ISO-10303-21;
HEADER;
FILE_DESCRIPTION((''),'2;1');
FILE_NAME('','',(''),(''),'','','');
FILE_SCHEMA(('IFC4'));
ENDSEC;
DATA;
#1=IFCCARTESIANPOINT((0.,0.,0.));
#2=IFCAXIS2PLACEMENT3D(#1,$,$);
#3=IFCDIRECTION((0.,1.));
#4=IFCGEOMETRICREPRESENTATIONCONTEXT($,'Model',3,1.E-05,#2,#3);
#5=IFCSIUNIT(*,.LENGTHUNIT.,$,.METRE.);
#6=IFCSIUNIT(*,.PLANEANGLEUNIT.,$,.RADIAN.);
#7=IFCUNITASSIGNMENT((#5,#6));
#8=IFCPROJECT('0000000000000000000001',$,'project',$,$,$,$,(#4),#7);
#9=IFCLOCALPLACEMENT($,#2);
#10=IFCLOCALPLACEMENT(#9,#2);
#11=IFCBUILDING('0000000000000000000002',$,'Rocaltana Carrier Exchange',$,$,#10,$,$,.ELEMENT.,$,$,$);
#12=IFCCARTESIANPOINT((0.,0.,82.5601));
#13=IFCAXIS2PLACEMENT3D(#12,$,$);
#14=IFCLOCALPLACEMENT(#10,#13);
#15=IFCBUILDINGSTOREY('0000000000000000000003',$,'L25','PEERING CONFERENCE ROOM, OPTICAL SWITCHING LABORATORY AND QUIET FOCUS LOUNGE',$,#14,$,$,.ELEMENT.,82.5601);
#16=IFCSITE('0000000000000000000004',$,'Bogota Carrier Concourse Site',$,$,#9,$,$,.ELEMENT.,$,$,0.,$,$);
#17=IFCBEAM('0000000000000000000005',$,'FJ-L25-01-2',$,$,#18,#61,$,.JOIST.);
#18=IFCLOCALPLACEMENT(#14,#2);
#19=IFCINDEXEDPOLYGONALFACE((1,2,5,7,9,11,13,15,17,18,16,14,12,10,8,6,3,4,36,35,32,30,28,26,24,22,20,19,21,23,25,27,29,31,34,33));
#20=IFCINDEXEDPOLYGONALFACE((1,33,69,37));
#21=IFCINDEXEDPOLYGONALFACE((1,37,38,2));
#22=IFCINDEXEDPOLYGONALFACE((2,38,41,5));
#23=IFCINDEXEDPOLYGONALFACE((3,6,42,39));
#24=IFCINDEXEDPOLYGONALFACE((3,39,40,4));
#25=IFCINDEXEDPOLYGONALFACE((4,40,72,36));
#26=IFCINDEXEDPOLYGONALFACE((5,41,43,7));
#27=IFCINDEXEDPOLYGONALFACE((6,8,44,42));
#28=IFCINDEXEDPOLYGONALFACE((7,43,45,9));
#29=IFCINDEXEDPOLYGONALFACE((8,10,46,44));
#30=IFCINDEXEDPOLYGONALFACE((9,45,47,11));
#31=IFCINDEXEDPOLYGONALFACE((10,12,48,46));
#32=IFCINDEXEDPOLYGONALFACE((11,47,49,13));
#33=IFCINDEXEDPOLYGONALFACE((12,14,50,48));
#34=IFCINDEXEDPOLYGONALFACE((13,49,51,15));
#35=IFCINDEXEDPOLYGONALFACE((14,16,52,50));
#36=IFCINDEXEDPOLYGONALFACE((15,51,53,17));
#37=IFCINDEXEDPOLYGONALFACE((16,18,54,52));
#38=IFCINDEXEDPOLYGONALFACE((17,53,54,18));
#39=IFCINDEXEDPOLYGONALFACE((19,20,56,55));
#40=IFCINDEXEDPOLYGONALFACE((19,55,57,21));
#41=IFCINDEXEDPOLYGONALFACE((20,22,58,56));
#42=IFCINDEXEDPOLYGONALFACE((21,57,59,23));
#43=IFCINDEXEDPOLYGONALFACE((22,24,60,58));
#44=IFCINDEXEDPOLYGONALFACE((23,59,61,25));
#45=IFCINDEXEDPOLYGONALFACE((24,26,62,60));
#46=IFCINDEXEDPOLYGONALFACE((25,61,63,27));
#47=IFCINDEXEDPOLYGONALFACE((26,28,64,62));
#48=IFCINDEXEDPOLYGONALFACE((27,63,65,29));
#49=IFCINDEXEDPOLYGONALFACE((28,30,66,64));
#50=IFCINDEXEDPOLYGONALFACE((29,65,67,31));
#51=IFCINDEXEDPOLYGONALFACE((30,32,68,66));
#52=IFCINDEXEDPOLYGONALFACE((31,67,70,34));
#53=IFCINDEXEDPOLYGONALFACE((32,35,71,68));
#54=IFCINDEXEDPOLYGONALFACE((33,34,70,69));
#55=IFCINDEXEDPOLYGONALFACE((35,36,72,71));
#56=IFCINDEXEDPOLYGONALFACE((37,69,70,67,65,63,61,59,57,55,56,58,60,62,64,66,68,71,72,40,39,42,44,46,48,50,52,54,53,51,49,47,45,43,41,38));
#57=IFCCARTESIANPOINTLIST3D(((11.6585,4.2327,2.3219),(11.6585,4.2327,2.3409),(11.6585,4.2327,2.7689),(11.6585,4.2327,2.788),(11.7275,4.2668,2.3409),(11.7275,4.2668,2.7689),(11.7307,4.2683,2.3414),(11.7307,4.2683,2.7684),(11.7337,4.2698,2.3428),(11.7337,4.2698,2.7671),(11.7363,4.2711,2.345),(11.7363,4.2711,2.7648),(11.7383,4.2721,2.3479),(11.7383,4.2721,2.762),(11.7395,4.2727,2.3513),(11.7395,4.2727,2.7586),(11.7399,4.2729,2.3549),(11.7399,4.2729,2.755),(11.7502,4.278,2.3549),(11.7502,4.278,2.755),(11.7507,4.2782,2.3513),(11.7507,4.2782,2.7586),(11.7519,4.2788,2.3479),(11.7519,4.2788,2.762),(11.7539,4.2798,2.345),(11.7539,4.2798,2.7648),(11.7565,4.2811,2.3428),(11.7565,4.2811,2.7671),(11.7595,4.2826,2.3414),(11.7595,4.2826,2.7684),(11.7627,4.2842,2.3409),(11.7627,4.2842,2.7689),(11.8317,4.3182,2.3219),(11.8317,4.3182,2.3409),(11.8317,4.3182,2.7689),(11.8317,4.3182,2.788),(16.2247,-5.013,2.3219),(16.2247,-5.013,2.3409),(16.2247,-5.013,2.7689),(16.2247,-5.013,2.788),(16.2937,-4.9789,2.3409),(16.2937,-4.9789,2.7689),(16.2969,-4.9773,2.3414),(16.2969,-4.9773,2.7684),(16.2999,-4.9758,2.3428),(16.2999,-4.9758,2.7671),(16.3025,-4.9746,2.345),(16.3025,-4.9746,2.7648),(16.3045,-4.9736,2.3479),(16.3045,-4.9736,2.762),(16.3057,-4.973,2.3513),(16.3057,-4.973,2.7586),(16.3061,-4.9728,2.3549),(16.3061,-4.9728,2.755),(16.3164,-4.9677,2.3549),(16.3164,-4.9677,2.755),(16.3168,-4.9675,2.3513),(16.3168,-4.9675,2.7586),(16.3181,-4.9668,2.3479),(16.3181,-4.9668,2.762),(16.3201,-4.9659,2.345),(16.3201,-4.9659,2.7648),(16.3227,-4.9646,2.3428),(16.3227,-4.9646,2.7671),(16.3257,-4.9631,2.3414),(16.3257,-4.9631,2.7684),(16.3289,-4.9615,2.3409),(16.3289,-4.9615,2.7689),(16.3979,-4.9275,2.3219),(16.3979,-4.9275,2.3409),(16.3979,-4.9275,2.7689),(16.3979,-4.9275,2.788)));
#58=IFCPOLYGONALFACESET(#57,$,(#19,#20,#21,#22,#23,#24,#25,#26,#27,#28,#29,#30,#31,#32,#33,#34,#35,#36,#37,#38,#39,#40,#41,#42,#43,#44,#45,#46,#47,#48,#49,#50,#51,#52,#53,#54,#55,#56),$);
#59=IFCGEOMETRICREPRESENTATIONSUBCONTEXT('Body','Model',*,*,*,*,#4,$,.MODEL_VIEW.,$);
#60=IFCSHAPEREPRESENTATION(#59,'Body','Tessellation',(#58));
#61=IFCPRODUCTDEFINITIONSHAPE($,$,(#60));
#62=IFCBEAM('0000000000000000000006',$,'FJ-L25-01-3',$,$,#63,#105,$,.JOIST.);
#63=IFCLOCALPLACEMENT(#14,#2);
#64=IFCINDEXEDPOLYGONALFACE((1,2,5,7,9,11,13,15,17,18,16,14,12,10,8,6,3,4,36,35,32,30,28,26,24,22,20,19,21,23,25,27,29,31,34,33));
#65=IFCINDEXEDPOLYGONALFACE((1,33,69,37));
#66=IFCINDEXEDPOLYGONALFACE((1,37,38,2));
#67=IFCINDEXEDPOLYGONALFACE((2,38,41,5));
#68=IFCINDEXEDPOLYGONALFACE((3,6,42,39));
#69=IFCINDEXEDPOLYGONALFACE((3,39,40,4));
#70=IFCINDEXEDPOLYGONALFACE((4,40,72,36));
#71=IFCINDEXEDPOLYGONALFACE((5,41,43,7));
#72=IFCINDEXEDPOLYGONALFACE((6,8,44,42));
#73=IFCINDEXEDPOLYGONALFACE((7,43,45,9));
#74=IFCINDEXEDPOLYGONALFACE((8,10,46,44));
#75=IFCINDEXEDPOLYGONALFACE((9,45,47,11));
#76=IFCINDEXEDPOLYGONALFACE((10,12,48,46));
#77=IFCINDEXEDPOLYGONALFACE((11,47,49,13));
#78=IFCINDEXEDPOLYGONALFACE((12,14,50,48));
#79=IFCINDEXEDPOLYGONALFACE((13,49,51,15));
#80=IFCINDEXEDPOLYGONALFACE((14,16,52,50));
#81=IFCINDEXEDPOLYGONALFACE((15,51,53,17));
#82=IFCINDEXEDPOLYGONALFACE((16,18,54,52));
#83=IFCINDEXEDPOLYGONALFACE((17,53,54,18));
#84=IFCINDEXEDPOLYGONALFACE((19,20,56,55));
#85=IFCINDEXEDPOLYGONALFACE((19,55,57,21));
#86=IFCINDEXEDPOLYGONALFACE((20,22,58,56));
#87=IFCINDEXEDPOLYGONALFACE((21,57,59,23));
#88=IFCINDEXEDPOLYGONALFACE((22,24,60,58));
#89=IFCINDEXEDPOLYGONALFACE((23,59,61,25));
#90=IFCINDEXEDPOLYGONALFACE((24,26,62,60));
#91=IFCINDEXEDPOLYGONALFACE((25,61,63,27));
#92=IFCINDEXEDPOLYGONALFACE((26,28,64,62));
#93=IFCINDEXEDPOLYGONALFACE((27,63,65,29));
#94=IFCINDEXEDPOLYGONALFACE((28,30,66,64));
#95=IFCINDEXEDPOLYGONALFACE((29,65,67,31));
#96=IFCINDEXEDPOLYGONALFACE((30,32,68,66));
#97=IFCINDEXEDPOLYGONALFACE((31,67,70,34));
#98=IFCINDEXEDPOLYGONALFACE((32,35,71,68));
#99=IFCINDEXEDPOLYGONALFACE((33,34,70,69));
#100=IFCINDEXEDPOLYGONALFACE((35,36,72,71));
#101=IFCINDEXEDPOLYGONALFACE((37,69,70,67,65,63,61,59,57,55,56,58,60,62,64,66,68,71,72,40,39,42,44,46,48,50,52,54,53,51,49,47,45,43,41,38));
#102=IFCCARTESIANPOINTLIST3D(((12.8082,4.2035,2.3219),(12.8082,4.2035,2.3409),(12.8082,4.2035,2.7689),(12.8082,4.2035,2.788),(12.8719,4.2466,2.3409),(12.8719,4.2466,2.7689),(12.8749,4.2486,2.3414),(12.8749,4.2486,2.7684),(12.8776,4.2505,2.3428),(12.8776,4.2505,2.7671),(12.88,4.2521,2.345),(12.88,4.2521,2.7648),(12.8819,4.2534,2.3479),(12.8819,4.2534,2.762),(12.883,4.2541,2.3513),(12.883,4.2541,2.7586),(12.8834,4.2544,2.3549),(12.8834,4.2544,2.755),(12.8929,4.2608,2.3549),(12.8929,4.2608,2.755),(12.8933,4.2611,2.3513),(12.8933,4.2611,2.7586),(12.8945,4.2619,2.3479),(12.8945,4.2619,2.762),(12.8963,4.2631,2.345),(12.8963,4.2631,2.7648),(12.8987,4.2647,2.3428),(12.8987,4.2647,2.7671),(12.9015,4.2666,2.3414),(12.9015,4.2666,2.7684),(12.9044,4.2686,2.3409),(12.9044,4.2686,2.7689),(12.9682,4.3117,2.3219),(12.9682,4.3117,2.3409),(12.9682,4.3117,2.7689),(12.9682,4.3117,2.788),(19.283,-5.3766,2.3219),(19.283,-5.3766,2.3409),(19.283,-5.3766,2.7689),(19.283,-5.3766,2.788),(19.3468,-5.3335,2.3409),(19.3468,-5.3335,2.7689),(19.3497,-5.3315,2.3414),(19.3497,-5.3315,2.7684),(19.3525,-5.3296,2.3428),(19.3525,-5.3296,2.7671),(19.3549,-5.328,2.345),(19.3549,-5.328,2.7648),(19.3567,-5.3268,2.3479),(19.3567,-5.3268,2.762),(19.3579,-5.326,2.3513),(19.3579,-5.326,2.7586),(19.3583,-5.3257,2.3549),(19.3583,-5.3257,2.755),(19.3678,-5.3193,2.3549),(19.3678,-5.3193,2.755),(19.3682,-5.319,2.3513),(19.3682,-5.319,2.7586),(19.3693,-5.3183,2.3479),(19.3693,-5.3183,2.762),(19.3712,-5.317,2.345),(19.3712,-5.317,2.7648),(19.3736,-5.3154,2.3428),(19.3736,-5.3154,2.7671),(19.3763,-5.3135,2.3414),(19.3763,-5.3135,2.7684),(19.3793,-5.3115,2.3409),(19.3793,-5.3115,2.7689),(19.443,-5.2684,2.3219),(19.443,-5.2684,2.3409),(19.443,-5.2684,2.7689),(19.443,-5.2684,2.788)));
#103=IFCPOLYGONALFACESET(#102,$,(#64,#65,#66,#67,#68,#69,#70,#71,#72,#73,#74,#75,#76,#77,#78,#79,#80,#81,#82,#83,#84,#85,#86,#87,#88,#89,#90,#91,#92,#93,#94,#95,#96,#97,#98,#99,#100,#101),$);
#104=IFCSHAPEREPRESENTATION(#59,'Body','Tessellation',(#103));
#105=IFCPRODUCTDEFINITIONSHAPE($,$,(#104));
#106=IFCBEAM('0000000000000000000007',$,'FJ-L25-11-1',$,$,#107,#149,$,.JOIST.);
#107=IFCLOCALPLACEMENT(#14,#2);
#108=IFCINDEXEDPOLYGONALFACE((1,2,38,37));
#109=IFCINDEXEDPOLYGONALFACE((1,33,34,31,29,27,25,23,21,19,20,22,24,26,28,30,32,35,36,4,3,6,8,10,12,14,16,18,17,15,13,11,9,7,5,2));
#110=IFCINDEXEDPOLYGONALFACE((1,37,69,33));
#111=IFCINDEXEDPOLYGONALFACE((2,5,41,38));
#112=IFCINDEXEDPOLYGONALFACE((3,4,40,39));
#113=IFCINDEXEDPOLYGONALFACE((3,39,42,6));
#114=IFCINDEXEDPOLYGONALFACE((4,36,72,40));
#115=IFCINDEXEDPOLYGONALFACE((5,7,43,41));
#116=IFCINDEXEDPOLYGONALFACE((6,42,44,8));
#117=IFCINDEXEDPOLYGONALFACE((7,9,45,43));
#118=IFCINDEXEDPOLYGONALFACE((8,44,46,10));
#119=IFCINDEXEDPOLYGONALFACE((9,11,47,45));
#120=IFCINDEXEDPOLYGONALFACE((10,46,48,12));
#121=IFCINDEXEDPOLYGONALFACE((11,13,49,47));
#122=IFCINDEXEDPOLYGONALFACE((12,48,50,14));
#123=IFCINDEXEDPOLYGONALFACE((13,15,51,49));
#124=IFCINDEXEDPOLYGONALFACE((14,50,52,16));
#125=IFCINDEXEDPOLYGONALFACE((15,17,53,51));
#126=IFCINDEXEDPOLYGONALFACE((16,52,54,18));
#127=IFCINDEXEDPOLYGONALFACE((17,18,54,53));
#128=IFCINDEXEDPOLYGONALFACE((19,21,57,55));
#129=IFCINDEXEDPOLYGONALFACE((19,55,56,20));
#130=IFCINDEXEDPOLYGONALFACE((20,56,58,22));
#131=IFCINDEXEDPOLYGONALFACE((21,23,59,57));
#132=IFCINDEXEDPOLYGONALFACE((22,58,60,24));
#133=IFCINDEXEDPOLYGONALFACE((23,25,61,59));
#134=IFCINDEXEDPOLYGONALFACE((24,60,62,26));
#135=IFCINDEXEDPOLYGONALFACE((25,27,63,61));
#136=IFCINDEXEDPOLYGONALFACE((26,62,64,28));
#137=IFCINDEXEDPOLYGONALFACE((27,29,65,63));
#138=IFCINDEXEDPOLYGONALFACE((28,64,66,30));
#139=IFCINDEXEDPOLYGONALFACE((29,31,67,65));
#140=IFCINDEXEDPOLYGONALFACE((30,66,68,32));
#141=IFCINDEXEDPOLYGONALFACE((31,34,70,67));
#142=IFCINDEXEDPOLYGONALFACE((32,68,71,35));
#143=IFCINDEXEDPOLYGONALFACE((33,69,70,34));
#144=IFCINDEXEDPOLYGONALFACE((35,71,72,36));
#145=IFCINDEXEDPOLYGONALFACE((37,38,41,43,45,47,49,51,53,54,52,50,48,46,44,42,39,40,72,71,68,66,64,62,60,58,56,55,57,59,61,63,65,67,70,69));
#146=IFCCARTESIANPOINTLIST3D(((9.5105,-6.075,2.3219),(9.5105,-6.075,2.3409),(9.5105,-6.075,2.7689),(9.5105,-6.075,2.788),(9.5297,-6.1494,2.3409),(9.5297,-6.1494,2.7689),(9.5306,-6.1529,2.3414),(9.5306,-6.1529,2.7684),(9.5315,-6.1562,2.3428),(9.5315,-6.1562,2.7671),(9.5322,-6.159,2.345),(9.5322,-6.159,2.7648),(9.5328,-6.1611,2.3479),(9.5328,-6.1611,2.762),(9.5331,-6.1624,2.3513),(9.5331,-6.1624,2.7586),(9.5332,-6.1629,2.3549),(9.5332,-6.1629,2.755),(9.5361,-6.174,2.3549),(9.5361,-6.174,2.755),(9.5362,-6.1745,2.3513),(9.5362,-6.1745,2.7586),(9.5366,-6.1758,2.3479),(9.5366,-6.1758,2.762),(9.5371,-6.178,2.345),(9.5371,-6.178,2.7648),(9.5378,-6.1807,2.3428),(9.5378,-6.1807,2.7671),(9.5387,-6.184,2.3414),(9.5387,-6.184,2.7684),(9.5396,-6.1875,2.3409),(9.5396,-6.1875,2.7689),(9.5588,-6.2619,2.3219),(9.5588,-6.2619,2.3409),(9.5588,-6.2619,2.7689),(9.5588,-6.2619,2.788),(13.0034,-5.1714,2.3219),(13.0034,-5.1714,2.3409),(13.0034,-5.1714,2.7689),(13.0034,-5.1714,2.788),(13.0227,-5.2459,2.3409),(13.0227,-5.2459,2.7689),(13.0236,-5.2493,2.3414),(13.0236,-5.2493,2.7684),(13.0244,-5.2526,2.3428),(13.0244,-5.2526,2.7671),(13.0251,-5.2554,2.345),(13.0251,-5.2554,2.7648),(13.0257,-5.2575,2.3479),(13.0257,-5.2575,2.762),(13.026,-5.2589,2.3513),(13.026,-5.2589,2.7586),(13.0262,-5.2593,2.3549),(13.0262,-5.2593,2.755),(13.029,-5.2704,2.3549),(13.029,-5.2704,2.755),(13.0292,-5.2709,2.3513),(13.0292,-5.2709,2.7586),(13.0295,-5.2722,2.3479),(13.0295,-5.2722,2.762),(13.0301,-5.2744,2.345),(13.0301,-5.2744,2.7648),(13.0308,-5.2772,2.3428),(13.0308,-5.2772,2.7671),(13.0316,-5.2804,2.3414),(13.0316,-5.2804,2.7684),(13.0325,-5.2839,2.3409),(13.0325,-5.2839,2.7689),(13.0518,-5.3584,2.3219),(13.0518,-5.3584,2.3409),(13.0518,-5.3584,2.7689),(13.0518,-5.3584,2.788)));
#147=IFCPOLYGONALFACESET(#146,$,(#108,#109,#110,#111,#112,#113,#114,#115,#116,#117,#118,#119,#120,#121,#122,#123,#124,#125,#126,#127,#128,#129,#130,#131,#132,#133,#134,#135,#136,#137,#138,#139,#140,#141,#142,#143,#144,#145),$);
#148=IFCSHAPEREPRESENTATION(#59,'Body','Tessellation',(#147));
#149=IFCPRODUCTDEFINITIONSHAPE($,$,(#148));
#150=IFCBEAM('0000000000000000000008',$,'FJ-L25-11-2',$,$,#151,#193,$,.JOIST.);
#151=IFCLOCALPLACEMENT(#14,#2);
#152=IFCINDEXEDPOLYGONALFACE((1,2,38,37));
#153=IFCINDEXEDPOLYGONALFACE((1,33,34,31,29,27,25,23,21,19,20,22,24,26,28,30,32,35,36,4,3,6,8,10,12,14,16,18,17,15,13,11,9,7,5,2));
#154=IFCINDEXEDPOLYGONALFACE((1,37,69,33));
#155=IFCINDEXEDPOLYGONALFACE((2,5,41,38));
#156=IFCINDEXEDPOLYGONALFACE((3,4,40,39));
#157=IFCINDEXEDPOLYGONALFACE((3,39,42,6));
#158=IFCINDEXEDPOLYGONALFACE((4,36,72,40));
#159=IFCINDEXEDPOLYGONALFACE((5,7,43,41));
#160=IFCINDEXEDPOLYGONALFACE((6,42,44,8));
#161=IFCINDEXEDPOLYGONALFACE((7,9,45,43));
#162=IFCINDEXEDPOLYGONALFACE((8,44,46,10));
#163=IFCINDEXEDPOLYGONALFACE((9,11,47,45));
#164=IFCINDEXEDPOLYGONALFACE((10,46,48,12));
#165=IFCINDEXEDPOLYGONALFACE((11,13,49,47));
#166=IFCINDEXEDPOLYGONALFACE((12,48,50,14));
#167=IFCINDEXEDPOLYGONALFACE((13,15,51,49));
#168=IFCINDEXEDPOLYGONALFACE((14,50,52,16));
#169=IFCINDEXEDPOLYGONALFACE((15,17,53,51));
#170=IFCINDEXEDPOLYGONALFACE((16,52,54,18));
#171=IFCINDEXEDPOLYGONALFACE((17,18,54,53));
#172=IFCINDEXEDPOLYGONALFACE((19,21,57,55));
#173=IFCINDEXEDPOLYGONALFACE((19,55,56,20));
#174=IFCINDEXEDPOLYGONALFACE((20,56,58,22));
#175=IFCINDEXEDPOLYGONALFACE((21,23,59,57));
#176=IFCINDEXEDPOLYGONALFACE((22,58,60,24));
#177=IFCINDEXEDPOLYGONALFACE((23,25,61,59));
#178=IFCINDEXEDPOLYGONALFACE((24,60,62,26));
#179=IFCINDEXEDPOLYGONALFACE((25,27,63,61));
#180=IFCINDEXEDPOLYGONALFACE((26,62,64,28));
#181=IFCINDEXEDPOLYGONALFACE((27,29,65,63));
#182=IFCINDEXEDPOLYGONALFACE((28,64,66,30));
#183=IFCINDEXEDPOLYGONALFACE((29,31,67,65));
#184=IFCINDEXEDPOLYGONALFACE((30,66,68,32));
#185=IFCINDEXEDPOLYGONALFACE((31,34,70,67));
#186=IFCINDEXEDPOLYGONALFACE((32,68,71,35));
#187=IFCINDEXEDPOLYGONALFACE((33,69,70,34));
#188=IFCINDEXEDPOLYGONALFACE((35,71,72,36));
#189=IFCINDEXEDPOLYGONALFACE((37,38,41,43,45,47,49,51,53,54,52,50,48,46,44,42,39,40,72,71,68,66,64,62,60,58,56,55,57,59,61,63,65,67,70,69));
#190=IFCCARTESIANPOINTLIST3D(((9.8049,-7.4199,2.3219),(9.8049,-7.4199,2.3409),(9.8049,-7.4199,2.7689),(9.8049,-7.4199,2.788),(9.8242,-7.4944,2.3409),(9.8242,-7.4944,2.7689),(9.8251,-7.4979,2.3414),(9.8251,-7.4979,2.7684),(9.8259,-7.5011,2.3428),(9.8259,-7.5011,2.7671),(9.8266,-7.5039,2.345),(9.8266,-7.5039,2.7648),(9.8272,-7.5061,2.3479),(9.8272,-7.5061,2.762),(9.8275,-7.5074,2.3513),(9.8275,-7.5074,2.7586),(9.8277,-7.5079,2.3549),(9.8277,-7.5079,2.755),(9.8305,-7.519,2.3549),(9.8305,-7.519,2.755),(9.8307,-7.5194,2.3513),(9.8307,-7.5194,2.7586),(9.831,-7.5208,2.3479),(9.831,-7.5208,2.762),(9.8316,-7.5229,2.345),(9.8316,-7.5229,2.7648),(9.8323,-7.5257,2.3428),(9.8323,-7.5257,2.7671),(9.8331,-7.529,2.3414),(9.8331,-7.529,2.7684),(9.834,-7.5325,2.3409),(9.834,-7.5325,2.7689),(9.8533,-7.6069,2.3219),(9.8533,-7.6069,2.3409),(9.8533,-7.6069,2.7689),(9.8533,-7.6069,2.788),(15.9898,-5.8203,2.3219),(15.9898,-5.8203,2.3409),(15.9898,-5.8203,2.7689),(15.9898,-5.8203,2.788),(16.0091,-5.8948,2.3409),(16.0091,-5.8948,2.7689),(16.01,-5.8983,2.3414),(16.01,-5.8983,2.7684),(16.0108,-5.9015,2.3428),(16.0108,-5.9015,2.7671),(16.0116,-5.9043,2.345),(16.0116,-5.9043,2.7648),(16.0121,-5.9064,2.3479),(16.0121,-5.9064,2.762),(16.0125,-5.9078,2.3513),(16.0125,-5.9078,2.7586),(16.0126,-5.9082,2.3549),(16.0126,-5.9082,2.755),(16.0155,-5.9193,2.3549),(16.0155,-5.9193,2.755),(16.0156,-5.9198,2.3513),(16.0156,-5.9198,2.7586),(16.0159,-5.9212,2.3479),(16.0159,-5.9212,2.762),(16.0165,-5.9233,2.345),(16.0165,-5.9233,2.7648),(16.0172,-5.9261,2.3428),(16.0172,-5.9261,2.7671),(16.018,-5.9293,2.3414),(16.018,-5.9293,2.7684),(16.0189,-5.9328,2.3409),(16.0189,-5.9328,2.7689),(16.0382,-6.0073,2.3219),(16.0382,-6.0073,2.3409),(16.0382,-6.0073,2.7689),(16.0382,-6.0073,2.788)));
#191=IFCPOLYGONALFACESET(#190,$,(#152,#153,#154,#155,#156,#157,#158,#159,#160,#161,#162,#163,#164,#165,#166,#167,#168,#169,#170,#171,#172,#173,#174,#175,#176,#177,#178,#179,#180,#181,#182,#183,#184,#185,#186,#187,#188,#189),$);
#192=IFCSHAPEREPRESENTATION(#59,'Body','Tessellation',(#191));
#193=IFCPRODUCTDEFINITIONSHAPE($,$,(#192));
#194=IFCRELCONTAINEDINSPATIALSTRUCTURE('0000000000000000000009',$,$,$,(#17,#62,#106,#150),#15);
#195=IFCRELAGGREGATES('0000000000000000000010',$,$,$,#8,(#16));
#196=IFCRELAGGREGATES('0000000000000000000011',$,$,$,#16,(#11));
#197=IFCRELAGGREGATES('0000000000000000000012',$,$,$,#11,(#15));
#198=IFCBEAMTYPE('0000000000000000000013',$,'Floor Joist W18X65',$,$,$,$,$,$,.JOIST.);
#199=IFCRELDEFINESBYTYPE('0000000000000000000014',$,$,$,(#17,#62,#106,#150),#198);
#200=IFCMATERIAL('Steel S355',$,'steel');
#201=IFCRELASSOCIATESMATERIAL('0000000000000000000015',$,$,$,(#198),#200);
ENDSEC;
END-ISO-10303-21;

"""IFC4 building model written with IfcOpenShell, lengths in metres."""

from ifc_helpers import new_model, si_unit, direction, frame, origin, origin_2d, place, context, subcontext, project, spatial, i_section, extrude, material, material_profile, profile_set, type_object, element, save


model = new_model("IFC4")

# Units and contexts
model_context = context("Model", 3, precision=1e-05, world=origin(), true_north=direction((0.0, 1.0)))
body_context = subcontext(model_context, "Body", "Model", "MODEL_VIEW")
ifc_project = project(units=[si_unit("LENGTHUNIT", "METRE"), si_unit("PLANEANGLEUNIT", "RADIAN")], contexts=[model_context])

# Site, building, storey
site_placement = place(None, origin())
site = spatial("IfcSite", under=ifc_project, at=site_placement, Name="Bogota Carrier Concourse Site", CompositionType="ELEMENT", RefElevation=0.0)
building_placement = place(site_placement, origin())
building = spatial("IfcBuilding", under=site, at=building_placement, Name="Rocaltana Carrier Exchange", CompositionType="ELEMENT")
storey_placement = place(building_placement, frame((0.0, 0.0, 82.5601)))
storey = spatial("IfcBuildingStorey", under=building, at=storey_placement, Name="L25", Description="PEERING CONFERENCE ROOM, OPTICAL SWITCHING LABORATORY AND QUIET FOCUS LOUNGE", CompositionType="ELEMENT", Elevation=82.5601)

# Beams
ifc_material_1 = material(Name="Steel S355", Category="steel")
ifc_material_profile_1 = material_profile(ifc_material_1, i_section(OverallWidth=0.1931, OverallDepth=0.4661, WebThickness=0.0115, FlangeThickness=0.019, FilletRadius=0.0139, at=origin_2d()), Name="W18X65")
ifc_profile_set_1 = profile_set([ifc_material_profile_1], Name="Steel S355")
beam_type_1 = type_object("IfcBeamType", Name="Floor Joist W18X65", PredefinedType="JOIST", material=ifc_profile_set_1)
beam_1_placement = place(storey_placement, frame((16.3113, -4.9702, 2.5549), z_axis=(-0.442814, 0.896614, 0.0), x_axis=(-0.896614, -0.442814, 0.0)))
element("IfcBeam", 1, at=beam_1_placement, inside=storey, type_object=beam_type_1, Name="FJ-L25-01-2", PredefinedType="JOIST", context=body_context, shape_type="SweptSolid", body=[
    extrude(i_section(OverallWidth=0.1931, OverallDepth=0.4661, WebThickness=0.0115, FlangeThickness=0.019, FilletRadius=0.0139, at=origin_2d()), origin(), (0.0, 0.0, 1.0), 10.3118),
])
beam_2_placement = place(storey_placement, frame((19.363, -5.3225, 2.5549), z_axis=(-0.559966, 0.828516, 0.0), x_axis=(-0.828516, -0.559966, 0.0)))
element("IfcBeam", 2, at=beam_2_placement, inside=storey, type_object=beam_type_1, Name="FJ-L25-01-3", PredefinedType="JOIST", context=body_context, shape_type="SweptSolid", body=[
    extrude(i_section(OverallWidth=0.1931, OverallDepth=0.4661, WebThickness=0.0115, FlangeThickness=0.019, FilletRadius=0.0139, at=origin_2d()), origin(), (0.0, 0.0, 1.0), 11.563),
])
beam_3_placement = place(storey_placement, frame((9.5347, -6.1685, 2.5549), z_axis=(0.968132, 0.250441, 0.0), x_axis=(-0.250441, 0.968132, 0.0)))
element("IfcBeam", 3, at=beam_3_placement, inside=storey, type_object=beam_type_1, Name="FJ-L25-11-1", PredefinedType="JOIST", context=body_context, shape_type="SweptSolid", body=[
    extrude(i_section(OverallWidth=0.1931, OverallDepth=0.4661, WebThickness=0.0115, FlangeThickness=0.019, FilletRadius=0.0139, at=origin_2d()), origin(), (0.0, 0.0, 1.0), 3.6079),
])
beam_4_placement = place(storey_placement, frame((9.8291, -7.5134, 2.5549), z_axis=(0.968144, 0.250396, 0.0), x_axis=(-0.250396, 0.968144, 0.0)))
element("IfcBeam", 4, at=beam_4_placement, inside=storey, type_object=beam_type_1, Name="FJ-L25-11-2", PredefinedType="JOIST", context=body_context, shape_type="SweptSolid", body=[
    extrude(i_section(OverallWidth=0.1931, OverallDepth=0.4661, WebThickness=0.0115, FlangeThickness=0.019, FilletRadius=0.0139, at=origin_2d()), origin(), (0.0, 0.0, 1.0), 6.3884),
])

save(model, "model.ifc")
